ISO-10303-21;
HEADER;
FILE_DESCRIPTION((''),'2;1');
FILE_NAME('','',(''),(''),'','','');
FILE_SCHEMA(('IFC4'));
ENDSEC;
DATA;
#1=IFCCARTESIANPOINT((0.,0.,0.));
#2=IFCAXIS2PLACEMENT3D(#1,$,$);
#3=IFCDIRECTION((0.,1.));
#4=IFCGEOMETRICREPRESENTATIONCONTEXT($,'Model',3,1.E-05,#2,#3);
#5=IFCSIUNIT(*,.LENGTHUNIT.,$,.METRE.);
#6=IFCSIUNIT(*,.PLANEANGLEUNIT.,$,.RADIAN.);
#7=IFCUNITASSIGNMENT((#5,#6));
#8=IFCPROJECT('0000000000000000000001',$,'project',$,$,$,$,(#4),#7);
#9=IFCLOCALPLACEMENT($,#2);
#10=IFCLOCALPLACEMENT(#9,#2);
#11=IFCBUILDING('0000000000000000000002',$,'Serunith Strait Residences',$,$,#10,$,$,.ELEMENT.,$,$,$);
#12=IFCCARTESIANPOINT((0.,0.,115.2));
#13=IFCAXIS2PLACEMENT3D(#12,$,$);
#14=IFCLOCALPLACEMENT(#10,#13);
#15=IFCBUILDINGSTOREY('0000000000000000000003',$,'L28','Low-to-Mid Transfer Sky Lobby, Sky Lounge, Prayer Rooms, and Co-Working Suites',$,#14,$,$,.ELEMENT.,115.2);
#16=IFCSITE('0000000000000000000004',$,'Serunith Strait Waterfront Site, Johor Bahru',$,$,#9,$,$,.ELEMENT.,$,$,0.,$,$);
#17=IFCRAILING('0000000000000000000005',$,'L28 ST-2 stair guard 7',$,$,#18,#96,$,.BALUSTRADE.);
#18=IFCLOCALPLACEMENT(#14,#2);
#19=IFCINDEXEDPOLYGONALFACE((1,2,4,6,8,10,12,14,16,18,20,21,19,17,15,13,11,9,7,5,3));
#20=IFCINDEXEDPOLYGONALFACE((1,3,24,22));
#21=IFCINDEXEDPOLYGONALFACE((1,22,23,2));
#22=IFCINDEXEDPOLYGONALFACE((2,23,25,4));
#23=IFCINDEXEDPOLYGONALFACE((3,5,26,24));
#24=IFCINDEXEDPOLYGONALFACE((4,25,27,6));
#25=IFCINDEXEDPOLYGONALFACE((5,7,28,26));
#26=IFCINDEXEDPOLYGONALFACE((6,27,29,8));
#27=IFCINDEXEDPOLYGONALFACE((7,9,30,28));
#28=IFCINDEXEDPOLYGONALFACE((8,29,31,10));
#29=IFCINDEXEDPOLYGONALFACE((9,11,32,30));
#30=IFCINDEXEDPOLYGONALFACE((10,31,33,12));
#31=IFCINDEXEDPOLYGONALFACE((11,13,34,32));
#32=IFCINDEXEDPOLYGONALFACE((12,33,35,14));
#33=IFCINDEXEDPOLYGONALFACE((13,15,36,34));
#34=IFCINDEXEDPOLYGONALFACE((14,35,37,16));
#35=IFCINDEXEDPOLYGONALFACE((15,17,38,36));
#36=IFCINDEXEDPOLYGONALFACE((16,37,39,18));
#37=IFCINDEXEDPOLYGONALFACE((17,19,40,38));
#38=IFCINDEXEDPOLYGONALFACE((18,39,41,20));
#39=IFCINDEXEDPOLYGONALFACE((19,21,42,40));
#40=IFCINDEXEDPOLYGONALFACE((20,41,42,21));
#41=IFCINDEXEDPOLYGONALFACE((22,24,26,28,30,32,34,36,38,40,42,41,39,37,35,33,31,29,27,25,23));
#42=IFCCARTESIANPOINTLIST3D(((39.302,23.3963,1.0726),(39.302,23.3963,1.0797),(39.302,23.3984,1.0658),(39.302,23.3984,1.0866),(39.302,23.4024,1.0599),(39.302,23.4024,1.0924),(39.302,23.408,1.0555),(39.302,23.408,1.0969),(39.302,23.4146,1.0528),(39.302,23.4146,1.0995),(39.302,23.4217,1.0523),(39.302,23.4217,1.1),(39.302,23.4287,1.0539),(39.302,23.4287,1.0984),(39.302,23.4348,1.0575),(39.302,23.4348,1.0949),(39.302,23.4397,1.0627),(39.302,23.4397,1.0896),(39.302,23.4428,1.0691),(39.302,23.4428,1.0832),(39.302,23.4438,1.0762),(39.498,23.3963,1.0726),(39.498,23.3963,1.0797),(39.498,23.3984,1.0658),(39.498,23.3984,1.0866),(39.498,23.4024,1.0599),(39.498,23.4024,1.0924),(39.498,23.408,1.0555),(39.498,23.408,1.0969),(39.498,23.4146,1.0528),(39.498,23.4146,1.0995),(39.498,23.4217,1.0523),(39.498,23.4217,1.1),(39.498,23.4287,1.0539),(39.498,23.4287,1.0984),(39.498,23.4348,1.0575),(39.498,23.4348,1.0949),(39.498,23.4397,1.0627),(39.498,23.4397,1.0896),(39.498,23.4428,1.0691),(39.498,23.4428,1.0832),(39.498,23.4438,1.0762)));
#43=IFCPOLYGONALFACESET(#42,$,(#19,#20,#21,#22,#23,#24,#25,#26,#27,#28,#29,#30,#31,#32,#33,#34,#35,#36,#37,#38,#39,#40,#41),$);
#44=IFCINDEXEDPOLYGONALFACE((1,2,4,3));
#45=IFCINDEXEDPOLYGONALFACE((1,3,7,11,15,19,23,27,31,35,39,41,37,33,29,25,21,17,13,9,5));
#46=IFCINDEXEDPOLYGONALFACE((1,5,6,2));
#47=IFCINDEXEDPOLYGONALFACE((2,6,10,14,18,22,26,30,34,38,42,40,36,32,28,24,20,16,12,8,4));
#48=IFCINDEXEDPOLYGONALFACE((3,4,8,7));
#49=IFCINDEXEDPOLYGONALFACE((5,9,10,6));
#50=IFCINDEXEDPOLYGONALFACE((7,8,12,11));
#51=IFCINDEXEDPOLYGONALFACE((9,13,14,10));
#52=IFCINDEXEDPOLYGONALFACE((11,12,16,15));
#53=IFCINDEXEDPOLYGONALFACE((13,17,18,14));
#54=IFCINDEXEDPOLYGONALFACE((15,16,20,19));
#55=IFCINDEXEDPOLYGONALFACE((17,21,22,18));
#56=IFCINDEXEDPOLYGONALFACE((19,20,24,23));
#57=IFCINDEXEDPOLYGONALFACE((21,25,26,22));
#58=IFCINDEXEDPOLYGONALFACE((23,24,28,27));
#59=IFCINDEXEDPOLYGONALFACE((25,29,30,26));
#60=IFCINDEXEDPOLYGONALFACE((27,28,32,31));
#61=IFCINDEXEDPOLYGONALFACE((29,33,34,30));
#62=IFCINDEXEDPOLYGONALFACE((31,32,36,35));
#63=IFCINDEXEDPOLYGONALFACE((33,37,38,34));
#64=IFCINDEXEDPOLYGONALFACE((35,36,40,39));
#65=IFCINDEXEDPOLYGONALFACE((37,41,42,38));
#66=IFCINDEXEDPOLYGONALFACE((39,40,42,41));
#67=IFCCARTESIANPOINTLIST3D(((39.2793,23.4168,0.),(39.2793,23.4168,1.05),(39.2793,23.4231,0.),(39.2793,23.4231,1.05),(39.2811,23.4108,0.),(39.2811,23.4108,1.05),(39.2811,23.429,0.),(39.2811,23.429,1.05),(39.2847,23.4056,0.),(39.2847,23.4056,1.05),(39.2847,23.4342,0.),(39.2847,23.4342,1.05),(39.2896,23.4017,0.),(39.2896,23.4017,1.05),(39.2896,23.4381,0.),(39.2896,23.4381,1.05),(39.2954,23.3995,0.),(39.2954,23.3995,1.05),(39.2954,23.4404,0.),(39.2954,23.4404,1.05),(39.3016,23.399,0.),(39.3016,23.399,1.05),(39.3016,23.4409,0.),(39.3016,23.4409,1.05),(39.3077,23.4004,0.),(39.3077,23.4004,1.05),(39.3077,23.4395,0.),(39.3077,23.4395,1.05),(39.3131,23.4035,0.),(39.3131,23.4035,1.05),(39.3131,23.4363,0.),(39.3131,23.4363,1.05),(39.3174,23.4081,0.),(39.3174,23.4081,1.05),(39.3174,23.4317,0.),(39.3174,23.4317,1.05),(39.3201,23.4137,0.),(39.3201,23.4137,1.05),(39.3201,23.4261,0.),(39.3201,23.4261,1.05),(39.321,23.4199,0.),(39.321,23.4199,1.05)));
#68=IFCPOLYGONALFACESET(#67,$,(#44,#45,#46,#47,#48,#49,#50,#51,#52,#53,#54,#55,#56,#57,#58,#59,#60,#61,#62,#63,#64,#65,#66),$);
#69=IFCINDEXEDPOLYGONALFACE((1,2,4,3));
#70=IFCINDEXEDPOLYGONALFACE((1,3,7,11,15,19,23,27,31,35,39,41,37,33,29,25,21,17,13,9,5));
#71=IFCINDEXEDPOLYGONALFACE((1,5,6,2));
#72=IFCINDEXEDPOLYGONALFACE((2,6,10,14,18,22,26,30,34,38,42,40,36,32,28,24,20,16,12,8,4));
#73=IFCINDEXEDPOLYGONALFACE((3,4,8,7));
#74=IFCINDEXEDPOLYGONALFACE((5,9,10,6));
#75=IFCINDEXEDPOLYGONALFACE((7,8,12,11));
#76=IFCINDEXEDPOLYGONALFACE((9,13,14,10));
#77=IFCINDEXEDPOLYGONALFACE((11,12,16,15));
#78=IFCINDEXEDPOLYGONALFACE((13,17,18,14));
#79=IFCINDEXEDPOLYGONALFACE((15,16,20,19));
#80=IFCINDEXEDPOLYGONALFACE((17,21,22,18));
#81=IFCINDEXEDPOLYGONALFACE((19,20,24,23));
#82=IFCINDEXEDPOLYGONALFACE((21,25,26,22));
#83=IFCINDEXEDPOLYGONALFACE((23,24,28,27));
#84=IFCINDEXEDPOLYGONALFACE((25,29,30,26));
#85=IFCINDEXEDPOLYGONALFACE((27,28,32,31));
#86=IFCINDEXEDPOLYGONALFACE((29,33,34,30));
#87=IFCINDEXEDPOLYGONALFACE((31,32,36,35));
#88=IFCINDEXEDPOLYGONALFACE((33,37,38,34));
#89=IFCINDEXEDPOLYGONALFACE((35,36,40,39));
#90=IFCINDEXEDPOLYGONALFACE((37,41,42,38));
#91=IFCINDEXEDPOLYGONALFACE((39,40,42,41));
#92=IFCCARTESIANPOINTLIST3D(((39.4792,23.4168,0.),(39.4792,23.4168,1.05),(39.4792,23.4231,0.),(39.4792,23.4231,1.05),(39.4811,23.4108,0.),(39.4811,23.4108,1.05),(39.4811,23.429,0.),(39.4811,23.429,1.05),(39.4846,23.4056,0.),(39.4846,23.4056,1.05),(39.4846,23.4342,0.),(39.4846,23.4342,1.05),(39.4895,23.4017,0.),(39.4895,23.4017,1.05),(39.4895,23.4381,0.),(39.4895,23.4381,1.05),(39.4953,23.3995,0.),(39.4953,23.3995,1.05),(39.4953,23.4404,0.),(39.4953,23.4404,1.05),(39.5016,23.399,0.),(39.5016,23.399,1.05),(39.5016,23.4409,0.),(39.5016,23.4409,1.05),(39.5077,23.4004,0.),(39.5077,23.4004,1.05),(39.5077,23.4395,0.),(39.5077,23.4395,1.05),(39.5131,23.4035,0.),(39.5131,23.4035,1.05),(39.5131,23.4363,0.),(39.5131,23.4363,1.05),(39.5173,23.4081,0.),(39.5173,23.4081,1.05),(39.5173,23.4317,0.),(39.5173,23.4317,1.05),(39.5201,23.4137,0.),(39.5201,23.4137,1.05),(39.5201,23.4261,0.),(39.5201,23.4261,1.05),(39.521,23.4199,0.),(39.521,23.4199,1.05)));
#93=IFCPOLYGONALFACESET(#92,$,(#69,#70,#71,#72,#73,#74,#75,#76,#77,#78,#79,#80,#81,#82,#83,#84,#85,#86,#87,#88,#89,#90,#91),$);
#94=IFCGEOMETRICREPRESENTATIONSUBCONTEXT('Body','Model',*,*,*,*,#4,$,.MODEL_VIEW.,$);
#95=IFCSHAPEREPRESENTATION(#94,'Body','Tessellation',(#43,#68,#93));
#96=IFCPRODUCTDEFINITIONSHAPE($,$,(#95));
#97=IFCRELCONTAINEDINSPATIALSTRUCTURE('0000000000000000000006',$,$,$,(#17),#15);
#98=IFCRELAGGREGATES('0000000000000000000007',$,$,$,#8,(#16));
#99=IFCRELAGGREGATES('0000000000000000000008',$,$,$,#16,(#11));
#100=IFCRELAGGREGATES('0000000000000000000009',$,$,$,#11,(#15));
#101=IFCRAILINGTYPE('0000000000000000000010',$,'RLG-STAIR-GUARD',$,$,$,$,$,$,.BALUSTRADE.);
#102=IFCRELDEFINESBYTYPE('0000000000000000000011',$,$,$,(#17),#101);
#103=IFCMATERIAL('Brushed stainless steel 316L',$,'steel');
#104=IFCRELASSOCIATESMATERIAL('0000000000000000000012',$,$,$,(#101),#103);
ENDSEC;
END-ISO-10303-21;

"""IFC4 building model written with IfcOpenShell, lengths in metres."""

from ifc_helpers import new_model, si_unit, direction, frame, origin, origin_2d, place, context, subcontext, project, spatial, circle, extrude, material, type_object, element, save


model = new_model("IFC4")

# Units and contexts
model_context = context("Model", 3, precision=1e-05, world=origin(), true_north=direction((0.0, 1.0)))
body_context = subcontext(model_context, "Body", "Model", "MODEL_VIEW")
ifc_project = project(units=[si_unit("LENGTHUNIT", "METRE"), si_unit("PLANEANGLEUNIT", "RADIAN")], contexts=[model_context])

# Site, building, storey
site_placement = place(None, origin())
site = spatial("IfcSite", under=ifc_project, at=site_placement, Name="Serunith Strait Waterfront Site, Johor Bahru", CompositionType="ELEMENT", RefElevation=0.0)
building_placement = place(site_placement, origin())
building = spatial("IfcBuilding", under=site, at=building_placement, Name="Serunith Strait Residences", CompositionType="ELEMENT")
storey_placement = place(building_placement, frame((0.0, 0.0, 115.2)))
storey = spatial("IfcBuildingStorey", under=building, at=storey_placement, Name="L28", Description="Low-to-Mid Transfer Sky Lobby, Sky Lounge, Prayer Rooms, and Co-Working Suites", CompositionType="ELEMENT", Elevation=115.2)

# Railing
ifc_material_1 = material(Name="Brushed stainless steel 316L", Category="steel")
railing_type_1 = type_object("IfcRailingType", Name="RLG-STAIR-GUARD", PredefinedType="BALUSTRADE", material=ifc_material_1)
railing_1_placement = place(storey_placement, frame((39.3, 23.4199, 0.0)))
element("IfcRailing", 1, at=railing_1_placement, inside=storey, type_object=railing_type_1, Name="L28 ST-2 stair guard 7", PredefinedType="BALUSTRADE", context=body_context, shape_type="SweptSolid", body=[
    extrude(circle(Radius=0.0239, at=origin_2d()), frame((0.002, 0.0, 1.0762), z_axis=(1.0, 0.0, 0.0), x_axis=(0.0, 1.0, 0.0)), (0.0, 0.0, 1.0), 0.196),
    extrude(circle(Radius=0.021, at=origin_2d()), origin(), (0.0, 0.0, 1.0), 1.05),
    extrude(circle(Radius=0.021, at=origin_2d()), frame((0.2, 0.0, 0.0)), (0.0, 0.0, 1.0), 1.05),
])

save(model, "model.ifc")
